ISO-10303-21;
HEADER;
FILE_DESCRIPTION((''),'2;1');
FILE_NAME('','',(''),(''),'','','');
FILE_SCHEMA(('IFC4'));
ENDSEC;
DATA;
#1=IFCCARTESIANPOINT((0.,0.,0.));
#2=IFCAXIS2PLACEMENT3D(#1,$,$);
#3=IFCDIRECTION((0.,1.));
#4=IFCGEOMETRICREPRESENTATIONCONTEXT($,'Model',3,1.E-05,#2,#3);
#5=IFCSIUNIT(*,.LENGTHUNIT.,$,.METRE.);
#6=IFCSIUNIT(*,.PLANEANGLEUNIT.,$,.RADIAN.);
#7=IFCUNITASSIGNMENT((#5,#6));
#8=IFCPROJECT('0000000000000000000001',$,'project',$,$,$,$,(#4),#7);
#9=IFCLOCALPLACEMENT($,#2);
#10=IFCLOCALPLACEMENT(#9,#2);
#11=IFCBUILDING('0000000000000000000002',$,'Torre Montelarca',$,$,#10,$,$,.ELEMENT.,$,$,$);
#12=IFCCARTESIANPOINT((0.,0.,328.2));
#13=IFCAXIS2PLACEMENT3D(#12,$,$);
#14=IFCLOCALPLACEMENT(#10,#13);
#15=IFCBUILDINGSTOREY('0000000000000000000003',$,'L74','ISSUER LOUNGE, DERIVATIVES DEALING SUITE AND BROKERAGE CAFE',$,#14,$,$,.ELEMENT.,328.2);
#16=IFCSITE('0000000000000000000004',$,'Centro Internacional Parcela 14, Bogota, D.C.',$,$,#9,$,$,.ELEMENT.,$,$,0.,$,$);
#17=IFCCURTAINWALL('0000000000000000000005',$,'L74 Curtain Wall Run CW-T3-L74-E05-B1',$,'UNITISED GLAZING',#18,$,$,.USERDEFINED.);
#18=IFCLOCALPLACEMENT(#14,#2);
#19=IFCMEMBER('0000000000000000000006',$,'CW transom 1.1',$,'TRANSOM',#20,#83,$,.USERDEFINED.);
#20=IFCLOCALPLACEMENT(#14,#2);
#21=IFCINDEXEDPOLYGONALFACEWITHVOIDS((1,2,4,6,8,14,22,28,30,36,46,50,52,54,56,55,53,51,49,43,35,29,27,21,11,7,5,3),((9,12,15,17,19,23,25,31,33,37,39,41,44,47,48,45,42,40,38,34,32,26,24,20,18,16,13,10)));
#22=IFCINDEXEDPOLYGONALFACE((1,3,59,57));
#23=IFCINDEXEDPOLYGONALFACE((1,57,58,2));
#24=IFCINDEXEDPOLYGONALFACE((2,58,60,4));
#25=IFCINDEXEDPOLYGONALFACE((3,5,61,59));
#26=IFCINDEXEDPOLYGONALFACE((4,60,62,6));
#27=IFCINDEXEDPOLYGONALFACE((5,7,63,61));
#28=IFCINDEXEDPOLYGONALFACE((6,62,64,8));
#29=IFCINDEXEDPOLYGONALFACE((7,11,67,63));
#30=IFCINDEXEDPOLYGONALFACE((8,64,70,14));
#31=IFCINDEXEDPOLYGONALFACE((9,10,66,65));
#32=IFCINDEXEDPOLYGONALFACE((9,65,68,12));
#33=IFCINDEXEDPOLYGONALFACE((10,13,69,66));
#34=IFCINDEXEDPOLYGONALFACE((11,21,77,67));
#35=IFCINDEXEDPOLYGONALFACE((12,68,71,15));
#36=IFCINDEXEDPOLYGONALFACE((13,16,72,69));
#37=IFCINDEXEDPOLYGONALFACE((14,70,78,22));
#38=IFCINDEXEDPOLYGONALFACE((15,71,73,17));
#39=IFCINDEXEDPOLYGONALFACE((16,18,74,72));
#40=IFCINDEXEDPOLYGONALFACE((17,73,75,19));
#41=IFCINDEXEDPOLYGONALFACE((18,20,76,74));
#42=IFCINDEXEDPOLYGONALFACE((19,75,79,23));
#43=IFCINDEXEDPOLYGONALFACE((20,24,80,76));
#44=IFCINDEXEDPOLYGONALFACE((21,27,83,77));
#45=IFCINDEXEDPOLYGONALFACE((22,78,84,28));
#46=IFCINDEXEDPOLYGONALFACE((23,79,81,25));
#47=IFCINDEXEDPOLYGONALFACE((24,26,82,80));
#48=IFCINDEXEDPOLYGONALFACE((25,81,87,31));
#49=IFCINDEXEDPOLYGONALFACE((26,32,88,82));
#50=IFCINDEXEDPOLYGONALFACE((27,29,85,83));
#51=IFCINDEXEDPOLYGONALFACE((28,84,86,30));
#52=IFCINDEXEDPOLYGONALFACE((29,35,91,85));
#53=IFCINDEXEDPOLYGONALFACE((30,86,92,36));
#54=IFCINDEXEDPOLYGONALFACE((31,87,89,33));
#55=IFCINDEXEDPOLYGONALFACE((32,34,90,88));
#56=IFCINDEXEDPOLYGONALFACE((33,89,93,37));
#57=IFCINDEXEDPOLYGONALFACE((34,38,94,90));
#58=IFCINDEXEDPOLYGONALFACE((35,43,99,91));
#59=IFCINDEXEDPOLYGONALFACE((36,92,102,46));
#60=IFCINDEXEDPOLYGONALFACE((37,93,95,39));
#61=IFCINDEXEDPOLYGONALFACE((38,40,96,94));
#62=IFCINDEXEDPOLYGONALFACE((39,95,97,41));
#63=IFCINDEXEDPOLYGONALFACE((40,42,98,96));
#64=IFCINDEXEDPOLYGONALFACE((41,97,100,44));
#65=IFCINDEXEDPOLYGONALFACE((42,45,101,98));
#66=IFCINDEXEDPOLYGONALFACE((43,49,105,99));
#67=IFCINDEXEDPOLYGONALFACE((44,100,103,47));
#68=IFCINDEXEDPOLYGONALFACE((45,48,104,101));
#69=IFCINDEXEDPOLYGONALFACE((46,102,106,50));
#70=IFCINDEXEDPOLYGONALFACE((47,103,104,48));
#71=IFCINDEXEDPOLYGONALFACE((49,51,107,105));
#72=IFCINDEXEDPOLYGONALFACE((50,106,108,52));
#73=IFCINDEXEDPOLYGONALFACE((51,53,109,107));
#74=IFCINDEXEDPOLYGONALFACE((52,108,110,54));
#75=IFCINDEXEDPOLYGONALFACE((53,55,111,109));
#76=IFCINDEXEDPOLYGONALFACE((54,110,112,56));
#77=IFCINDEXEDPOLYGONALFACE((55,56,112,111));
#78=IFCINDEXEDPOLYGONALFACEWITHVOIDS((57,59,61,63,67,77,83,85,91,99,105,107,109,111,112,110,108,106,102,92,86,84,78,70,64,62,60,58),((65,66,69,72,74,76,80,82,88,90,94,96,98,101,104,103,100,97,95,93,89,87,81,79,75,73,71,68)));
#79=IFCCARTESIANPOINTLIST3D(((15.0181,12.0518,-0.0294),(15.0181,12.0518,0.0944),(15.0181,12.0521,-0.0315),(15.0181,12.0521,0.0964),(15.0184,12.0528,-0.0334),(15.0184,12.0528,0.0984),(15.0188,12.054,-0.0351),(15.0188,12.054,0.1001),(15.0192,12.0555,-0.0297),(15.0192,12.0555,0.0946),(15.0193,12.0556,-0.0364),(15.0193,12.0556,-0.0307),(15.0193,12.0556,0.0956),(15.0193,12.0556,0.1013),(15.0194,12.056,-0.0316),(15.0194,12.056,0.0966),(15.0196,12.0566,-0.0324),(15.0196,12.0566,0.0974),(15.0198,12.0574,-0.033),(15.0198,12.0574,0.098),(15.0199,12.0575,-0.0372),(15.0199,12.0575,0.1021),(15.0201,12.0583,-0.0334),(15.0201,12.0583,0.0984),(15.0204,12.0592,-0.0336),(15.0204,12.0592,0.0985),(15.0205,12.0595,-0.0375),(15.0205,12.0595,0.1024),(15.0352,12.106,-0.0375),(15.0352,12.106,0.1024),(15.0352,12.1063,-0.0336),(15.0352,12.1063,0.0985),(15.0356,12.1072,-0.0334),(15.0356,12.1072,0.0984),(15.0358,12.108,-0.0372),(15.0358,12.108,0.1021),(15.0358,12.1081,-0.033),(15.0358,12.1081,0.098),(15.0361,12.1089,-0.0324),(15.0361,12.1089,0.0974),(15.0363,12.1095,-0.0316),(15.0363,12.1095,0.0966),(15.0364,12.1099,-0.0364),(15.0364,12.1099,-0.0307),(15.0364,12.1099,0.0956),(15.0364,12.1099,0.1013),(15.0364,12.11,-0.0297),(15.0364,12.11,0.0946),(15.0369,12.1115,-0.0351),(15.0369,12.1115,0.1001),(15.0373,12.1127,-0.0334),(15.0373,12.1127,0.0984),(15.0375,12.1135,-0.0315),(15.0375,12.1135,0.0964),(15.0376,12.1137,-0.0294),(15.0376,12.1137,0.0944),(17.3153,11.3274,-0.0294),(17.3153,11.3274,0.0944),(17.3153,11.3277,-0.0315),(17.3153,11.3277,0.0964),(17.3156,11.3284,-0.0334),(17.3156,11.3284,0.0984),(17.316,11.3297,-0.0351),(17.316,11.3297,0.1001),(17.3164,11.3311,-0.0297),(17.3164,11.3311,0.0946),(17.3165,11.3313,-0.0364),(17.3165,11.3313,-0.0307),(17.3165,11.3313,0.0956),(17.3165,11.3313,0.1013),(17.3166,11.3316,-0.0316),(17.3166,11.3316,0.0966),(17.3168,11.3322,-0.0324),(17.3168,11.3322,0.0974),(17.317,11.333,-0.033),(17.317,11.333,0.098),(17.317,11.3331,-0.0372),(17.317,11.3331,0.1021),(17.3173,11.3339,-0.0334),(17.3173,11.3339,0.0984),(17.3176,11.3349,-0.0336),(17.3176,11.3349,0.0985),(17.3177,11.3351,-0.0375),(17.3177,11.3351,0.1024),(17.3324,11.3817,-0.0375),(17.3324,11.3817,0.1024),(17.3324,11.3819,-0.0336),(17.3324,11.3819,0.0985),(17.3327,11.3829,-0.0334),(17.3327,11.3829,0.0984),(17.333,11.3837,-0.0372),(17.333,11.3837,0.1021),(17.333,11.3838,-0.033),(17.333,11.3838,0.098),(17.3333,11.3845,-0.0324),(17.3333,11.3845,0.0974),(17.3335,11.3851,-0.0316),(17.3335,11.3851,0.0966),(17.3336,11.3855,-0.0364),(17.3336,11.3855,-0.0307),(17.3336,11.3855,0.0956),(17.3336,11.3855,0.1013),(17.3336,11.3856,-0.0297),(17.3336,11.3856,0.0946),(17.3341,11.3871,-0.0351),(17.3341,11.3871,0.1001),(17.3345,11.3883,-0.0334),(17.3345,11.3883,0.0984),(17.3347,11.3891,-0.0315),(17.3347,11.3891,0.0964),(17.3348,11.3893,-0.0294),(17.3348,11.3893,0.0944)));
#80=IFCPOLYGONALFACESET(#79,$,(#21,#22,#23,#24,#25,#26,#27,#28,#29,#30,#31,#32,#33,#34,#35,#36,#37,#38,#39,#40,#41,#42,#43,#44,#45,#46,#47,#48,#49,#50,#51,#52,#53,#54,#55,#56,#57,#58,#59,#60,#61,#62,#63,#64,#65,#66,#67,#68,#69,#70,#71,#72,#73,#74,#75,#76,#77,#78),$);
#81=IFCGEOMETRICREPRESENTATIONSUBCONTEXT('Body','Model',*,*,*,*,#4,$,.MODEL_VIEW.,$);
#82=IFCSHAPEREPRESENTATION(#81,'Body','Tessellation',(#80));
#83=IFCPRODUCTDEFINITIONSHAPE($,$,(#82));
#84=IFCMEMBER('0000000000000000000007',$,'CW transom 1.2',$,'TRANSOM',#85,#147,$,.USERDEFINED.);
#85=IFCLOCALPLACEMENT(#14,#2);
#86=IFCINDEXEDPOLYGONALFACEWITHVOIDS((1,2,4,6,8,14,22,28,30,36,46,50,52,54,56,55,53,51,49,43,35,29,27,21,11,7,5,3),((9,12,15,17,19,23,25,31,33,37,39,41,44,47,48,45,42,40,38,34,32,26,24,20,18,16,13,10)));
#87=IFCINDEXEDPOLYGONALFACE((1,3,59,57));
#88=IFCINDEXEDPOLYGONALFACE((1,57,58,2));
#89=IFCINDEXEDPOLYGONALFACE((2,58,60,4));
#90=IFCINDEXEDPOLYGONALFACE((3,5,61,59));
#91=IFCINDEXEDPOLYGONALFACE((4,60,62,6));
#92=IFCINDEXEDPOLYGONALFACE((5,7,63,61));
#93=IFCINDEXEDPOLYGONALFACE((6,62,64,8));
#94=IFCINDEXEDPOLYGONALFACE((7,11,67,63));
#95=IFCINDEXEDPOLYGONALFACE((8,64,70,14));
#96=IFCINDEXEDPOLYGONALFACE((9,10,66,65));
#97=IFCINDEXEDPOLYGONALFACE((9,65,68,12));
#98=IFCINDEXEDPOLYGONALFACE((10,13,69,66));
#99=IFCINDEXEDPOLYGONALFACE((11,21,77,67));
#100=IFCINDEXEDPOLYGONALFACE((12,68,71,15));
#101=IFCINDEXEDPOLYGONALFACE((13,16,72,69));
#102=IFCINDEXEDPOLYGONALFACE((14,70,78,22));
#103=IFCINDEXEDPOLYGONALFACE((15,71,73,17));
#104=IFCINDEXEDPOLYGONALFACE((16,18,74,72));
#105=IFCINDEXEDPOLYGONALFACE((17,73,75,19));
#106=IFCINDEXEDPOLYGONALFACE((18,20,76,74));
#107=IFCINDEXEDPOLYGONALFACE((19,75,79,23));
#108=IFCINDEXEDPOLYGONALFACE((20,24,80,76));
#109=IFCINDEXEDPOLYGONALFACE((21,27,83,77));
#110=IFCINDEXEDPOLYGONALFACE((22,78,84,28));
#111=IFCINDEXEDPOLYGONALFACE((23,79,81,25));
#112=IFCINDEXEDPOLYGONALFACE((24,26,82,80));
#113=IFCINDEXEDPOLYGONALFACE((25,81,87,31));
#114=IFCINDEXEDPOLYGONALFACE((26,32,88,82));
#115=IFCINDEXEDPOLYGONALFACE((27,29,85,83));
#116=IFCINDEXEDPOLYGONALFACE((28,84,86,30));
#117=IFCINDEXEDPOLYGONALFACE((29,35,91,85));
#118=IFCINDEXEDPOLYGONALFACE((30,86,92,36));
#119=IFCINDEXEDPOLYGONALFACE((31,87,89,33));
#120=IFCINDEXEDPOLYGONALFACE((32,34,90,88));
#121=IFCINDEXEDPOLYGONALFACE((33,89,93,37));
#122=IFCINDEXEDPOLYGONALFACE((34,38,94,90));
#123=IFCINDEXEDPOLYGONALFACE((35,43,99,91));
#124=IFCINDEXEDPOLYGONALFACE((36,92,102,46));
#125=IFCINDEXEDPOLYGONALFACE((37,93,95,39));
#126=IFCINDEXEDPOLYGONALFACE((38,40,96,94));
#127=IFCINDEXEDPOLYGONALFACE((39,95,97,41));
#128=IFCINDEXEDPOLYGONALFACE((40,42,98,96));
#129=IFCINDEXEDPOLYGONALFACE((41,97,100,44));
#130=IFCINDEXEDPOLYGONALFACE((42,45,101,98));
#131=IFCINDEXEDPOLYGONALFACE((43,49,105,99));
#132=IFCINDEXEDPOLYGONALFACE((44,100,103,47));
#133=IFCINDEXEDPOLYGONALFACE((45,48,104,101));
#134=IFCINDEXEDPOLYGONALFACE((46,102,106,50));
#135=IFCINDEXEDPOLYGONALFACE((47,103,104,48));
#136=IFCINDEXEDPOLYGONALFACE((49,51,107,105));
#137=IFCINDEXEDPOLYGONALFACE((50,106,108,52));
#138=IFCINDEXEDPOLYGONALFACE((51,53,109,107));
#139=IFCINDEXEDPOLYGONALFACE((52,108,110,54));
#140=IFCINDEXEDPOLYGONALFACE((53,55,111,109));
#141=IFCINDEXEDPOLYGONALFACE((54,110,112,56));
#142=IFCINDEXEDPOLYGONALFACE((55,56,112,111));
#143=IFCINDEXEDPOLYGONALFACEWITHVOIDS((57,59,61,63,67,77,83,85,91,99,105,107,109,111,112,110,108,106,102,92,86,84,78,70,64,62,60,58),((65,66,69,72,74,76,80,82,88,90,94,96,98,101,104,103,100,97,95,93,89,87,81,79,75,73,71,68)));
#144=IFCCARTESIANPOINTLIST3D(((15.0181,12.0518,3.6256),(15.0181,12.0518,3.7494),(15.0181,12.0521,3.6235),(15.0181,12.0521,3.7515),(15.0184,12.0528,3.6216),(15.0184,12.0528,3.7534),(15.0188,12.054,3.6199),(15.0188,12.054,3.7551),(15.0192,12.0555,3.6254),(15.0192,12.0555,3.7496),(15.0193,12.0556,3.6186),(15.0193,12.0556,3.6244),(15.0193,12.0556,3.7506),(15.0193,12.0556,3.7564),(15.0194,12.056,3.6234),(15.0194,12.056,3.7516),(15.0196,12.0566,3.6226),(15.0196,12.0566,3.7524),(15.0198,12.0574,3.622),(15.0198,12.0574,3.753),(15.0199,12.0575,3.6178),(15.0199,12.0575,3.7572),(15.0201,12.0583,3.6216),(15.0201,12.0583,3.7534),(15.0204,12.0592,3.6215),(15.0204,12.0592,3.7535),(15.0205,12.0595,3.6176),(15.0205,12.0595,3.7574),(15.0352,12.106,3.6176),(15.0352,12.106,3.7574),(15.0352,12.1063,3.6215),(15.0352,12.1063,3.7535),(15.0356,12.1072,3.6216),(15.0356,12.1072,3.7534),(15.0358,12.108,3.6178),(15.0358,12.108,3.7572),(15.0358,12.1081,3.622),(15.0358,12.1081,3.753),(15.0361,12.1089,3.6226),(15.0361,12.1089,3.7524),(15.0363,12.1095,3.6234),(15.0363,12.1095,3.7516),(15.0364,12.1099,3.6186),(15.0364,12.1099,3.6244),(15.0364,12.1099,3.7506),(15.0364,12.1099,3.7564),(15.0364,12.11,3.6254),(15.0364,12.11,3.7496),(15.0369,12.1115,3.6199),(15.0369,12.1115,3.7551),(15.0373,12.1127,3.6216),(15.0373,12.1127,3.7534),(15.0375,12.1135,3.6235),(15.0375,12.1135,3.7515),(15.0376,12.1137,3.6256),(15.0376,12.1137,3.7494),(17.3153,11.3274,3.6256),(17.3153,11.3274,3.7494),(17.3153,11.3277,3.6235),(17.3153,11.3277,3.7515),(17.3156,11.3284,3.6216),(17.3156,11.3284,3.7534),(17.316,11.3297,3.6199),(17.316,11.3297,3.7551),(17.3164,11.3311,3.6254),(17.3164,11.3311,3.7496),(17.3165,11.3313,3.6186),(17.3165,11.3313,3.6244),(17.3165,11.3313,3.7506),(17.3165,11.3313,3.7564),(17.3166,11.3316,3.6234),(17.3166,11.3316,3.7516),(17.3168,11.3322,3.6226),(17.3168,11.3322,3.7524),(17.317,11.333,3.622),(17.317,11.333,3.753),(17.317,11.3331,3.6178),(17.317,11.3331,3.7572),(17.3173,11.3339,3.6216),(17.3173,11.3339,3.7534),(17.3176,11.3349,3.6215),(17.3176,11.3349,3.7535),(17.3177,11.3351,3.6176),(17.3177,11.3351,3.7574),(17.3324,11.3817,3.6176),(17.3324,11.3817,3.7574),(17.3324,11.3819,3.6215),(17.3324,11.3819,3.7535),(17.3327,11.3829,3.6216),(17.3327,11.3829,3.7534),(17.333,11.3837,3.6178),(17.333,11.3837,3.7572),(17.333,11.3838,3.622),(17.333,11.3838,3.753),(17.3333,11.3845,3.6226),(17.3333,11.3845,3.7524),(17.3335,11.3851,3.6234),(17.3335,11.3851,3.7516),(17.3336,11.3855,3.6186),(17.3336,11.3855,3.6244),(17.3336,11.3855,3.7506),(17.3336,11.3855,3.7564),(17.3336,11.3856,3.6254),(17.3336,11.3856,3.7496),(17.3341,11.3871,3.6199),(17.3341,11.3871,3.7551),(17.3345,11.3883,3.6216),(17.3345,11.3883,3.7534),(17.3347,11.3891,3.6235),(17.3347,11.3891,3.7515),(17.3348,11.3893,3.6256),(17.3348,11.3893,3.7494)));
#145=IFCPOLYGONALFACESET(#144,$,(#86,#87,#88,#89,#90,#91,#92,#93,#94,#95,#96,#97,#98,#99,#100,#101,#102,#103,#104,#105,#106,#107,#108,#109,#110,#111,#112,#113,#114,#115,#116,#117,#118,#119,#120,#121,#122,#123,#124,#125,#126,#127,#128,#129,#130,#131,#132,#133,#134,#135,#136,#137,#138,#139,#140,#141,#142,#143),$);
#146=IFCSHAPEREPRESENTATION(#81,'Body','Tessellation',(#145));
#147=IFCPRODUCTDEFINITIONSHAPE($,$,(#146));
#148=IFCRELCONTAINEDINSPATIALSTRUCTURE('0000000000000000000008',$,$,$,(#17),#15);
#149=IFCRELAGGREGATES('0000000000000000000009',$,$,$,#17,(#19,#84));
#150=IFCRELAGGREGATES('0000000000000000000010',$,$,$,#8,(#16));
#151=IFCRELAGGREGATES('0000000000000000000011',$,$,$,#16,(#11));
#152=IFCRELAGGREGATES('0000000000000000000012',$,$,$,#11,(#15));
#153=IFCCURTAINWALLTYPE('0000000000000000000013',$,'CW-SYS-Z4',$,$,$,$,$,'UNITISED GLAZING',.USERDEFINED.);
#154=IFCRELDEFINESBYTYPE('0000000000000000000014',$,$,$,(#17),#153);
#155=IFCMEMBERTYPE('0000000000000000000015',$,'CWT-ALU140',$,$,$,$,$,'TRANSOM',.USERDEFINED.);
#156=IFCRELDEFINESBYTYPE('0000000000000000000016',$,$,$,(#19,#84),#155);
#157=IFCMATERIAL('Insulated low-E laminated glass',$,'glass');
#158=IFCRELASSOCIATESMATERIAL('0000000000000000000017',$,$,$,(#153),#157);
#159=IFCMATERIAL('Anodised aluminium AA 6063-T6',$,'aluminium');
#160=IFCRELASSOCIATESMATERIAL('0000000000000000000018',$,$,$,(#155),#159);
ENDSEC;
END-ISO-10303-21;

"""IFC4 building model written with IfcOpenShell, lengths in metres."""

from ifc_helpers import new_model, si_unit, direction, frame, origin, origin_2d, place, context, subcontext, project, spatial, hollow_rectangle, extrude, source, transform, mapped, material, material_profile, profile_set, type_object, element, aggregate, save


model = new_model("IFC4")

# Units and contexts
model_context = context("Model", 3, precision=1e-05, world=origin(), true_north=direction((0.0, 1.0)))
body_context = subcontext(model_context, "Body", "Model", "MODEL_VIEW")
ifc_project = project(units=[si_unit("LENGTHUNIT", "METRE"), si_unit("PLANEANGLEUNIT", "RADIAN")], contexts=[model_context])

# Site, building, storey
site_placement = place(None, origin())
site = spatial("IfcSite", under=ifc_project, at=site_placement, Name="Centro Internacional Parcela 14, Bogota, D.C.", CompositionType="ELEMENT", RefElevation=0.0)
building_placement = place(site_placement, origin())
building = spatial("IfcBuilding", under=site, at=building_placement, Name="Torre Montelarca", CompositionType="ELEMENT")
storey_placement = place(building_placement, frame((0.0, 0.0, 328.2)))
storey = spatial("IfcBuildingStorey", under=building, at=storey_placement, Name="L74", Description="ISSUER LOUNGE, DERIVATIVES DEALING SUITE AND BROKERAGE CAFE", CompositionType="ELEMENT", Elevation=328.2)

# Curtain wall, members
ifc_material_1 = material(Name="Insulated low-E laminated glass", Category="glass")
curtain_wall_type = type_object("IfcCurtainWallType", Name="CW-SYS-Z4", ElementType="UNITISED GLAZING", PredefinedType="USERDEFINED", material=ifc_material_1)
ifc_material_2 = material(Name="Anodised aluminium AA 6063-T6", Category="aluminium")
ifc_material_profile_1 = material_profile(ifc_material_2, hollow_rectangle(XDim=0.0649, YDim=0.1399, WallThickness=0.0039, InnerFilletRadius=0.0039, OuterFilletRadius=0.0081, at=origin_2d()), Name="ALU65X140X4", Category="aluminium")
ifc_profile_set_1 = profile_set([ifc_material_profile_1], Name="Anodised aluminium AA 6063-T6")
member_type_1 = type_object("IfcMemberType", Name="CWT-ALU140", ElementType="TRANSOM", PredefinedType="USERDEFINED", material=ifc_profile_set_1)
curtain_wall_1_placement = place(storey_placement, origin())
curtain_wall_1 = element("IfcCurtainWall", 1, at=curtain_wall_1_placement, inside=storey, type_object=curtain_wall_type, Name="L74 Curtain Wall Run CW-T3-L74-E05-B1", ObjectType="UNITISED GLAZING", PredefinedType="USERDEFINED")
shared_shape_1 = source(origin(), body_context, "Body", "SweptSolid", [
    extrude(hollow_rectangle(XDim=0.0649, YDim=0.1399, WallThickness=0.0039, InnerFilletRadius=0.0039, OuterFilletRadius=0.0081, at=origin_2d()), origin(), (0.0, 0.0, 1.0), 2.4087),
])
member_1_placement = place(storey_placement, frame((15.0278, 12.0828, 0.0325), z_axis=(0.953707, -0.300738, 0.0), x_axis=(0.300738, 0.953707, 0.0)))
member_1 = element("IfcMember", 2, at=member_1_placement, type_object=member_type_1, Name="CW transom 1.1", ObjectType="TRANSOM", PredefinedType="USERDEFINED", context=body_context, shape_type="MappedRepresentation", body=[
    mapped(shared_shape_1, transform((0.0, 0.0, 0.0), scale=1.0)),
])
member_2_placement = place(storey_placement, frame((15.0278, 12.0828, 3.6875), z_axis=(0.953707, -0.300738, 0.0), x_axis=(0.300738, 0.953707, 0.0)))
member_2 = element("IfcMember", 3, at=member_2_placement, type_object=member_type_1, Name="CW transom 1.2", ObjectType="TRANSOM", PredefinedType="USERDEFINED", context=body_context, shape_type="MappedRepresentation", body=[
    mapped(shared_shape_1, transform((0.0, 0.0, 0.0), scale=1.0)),
])

aggregate(curtain_wall_1, [member_1, member_2])

save(model, "model.ifc")
